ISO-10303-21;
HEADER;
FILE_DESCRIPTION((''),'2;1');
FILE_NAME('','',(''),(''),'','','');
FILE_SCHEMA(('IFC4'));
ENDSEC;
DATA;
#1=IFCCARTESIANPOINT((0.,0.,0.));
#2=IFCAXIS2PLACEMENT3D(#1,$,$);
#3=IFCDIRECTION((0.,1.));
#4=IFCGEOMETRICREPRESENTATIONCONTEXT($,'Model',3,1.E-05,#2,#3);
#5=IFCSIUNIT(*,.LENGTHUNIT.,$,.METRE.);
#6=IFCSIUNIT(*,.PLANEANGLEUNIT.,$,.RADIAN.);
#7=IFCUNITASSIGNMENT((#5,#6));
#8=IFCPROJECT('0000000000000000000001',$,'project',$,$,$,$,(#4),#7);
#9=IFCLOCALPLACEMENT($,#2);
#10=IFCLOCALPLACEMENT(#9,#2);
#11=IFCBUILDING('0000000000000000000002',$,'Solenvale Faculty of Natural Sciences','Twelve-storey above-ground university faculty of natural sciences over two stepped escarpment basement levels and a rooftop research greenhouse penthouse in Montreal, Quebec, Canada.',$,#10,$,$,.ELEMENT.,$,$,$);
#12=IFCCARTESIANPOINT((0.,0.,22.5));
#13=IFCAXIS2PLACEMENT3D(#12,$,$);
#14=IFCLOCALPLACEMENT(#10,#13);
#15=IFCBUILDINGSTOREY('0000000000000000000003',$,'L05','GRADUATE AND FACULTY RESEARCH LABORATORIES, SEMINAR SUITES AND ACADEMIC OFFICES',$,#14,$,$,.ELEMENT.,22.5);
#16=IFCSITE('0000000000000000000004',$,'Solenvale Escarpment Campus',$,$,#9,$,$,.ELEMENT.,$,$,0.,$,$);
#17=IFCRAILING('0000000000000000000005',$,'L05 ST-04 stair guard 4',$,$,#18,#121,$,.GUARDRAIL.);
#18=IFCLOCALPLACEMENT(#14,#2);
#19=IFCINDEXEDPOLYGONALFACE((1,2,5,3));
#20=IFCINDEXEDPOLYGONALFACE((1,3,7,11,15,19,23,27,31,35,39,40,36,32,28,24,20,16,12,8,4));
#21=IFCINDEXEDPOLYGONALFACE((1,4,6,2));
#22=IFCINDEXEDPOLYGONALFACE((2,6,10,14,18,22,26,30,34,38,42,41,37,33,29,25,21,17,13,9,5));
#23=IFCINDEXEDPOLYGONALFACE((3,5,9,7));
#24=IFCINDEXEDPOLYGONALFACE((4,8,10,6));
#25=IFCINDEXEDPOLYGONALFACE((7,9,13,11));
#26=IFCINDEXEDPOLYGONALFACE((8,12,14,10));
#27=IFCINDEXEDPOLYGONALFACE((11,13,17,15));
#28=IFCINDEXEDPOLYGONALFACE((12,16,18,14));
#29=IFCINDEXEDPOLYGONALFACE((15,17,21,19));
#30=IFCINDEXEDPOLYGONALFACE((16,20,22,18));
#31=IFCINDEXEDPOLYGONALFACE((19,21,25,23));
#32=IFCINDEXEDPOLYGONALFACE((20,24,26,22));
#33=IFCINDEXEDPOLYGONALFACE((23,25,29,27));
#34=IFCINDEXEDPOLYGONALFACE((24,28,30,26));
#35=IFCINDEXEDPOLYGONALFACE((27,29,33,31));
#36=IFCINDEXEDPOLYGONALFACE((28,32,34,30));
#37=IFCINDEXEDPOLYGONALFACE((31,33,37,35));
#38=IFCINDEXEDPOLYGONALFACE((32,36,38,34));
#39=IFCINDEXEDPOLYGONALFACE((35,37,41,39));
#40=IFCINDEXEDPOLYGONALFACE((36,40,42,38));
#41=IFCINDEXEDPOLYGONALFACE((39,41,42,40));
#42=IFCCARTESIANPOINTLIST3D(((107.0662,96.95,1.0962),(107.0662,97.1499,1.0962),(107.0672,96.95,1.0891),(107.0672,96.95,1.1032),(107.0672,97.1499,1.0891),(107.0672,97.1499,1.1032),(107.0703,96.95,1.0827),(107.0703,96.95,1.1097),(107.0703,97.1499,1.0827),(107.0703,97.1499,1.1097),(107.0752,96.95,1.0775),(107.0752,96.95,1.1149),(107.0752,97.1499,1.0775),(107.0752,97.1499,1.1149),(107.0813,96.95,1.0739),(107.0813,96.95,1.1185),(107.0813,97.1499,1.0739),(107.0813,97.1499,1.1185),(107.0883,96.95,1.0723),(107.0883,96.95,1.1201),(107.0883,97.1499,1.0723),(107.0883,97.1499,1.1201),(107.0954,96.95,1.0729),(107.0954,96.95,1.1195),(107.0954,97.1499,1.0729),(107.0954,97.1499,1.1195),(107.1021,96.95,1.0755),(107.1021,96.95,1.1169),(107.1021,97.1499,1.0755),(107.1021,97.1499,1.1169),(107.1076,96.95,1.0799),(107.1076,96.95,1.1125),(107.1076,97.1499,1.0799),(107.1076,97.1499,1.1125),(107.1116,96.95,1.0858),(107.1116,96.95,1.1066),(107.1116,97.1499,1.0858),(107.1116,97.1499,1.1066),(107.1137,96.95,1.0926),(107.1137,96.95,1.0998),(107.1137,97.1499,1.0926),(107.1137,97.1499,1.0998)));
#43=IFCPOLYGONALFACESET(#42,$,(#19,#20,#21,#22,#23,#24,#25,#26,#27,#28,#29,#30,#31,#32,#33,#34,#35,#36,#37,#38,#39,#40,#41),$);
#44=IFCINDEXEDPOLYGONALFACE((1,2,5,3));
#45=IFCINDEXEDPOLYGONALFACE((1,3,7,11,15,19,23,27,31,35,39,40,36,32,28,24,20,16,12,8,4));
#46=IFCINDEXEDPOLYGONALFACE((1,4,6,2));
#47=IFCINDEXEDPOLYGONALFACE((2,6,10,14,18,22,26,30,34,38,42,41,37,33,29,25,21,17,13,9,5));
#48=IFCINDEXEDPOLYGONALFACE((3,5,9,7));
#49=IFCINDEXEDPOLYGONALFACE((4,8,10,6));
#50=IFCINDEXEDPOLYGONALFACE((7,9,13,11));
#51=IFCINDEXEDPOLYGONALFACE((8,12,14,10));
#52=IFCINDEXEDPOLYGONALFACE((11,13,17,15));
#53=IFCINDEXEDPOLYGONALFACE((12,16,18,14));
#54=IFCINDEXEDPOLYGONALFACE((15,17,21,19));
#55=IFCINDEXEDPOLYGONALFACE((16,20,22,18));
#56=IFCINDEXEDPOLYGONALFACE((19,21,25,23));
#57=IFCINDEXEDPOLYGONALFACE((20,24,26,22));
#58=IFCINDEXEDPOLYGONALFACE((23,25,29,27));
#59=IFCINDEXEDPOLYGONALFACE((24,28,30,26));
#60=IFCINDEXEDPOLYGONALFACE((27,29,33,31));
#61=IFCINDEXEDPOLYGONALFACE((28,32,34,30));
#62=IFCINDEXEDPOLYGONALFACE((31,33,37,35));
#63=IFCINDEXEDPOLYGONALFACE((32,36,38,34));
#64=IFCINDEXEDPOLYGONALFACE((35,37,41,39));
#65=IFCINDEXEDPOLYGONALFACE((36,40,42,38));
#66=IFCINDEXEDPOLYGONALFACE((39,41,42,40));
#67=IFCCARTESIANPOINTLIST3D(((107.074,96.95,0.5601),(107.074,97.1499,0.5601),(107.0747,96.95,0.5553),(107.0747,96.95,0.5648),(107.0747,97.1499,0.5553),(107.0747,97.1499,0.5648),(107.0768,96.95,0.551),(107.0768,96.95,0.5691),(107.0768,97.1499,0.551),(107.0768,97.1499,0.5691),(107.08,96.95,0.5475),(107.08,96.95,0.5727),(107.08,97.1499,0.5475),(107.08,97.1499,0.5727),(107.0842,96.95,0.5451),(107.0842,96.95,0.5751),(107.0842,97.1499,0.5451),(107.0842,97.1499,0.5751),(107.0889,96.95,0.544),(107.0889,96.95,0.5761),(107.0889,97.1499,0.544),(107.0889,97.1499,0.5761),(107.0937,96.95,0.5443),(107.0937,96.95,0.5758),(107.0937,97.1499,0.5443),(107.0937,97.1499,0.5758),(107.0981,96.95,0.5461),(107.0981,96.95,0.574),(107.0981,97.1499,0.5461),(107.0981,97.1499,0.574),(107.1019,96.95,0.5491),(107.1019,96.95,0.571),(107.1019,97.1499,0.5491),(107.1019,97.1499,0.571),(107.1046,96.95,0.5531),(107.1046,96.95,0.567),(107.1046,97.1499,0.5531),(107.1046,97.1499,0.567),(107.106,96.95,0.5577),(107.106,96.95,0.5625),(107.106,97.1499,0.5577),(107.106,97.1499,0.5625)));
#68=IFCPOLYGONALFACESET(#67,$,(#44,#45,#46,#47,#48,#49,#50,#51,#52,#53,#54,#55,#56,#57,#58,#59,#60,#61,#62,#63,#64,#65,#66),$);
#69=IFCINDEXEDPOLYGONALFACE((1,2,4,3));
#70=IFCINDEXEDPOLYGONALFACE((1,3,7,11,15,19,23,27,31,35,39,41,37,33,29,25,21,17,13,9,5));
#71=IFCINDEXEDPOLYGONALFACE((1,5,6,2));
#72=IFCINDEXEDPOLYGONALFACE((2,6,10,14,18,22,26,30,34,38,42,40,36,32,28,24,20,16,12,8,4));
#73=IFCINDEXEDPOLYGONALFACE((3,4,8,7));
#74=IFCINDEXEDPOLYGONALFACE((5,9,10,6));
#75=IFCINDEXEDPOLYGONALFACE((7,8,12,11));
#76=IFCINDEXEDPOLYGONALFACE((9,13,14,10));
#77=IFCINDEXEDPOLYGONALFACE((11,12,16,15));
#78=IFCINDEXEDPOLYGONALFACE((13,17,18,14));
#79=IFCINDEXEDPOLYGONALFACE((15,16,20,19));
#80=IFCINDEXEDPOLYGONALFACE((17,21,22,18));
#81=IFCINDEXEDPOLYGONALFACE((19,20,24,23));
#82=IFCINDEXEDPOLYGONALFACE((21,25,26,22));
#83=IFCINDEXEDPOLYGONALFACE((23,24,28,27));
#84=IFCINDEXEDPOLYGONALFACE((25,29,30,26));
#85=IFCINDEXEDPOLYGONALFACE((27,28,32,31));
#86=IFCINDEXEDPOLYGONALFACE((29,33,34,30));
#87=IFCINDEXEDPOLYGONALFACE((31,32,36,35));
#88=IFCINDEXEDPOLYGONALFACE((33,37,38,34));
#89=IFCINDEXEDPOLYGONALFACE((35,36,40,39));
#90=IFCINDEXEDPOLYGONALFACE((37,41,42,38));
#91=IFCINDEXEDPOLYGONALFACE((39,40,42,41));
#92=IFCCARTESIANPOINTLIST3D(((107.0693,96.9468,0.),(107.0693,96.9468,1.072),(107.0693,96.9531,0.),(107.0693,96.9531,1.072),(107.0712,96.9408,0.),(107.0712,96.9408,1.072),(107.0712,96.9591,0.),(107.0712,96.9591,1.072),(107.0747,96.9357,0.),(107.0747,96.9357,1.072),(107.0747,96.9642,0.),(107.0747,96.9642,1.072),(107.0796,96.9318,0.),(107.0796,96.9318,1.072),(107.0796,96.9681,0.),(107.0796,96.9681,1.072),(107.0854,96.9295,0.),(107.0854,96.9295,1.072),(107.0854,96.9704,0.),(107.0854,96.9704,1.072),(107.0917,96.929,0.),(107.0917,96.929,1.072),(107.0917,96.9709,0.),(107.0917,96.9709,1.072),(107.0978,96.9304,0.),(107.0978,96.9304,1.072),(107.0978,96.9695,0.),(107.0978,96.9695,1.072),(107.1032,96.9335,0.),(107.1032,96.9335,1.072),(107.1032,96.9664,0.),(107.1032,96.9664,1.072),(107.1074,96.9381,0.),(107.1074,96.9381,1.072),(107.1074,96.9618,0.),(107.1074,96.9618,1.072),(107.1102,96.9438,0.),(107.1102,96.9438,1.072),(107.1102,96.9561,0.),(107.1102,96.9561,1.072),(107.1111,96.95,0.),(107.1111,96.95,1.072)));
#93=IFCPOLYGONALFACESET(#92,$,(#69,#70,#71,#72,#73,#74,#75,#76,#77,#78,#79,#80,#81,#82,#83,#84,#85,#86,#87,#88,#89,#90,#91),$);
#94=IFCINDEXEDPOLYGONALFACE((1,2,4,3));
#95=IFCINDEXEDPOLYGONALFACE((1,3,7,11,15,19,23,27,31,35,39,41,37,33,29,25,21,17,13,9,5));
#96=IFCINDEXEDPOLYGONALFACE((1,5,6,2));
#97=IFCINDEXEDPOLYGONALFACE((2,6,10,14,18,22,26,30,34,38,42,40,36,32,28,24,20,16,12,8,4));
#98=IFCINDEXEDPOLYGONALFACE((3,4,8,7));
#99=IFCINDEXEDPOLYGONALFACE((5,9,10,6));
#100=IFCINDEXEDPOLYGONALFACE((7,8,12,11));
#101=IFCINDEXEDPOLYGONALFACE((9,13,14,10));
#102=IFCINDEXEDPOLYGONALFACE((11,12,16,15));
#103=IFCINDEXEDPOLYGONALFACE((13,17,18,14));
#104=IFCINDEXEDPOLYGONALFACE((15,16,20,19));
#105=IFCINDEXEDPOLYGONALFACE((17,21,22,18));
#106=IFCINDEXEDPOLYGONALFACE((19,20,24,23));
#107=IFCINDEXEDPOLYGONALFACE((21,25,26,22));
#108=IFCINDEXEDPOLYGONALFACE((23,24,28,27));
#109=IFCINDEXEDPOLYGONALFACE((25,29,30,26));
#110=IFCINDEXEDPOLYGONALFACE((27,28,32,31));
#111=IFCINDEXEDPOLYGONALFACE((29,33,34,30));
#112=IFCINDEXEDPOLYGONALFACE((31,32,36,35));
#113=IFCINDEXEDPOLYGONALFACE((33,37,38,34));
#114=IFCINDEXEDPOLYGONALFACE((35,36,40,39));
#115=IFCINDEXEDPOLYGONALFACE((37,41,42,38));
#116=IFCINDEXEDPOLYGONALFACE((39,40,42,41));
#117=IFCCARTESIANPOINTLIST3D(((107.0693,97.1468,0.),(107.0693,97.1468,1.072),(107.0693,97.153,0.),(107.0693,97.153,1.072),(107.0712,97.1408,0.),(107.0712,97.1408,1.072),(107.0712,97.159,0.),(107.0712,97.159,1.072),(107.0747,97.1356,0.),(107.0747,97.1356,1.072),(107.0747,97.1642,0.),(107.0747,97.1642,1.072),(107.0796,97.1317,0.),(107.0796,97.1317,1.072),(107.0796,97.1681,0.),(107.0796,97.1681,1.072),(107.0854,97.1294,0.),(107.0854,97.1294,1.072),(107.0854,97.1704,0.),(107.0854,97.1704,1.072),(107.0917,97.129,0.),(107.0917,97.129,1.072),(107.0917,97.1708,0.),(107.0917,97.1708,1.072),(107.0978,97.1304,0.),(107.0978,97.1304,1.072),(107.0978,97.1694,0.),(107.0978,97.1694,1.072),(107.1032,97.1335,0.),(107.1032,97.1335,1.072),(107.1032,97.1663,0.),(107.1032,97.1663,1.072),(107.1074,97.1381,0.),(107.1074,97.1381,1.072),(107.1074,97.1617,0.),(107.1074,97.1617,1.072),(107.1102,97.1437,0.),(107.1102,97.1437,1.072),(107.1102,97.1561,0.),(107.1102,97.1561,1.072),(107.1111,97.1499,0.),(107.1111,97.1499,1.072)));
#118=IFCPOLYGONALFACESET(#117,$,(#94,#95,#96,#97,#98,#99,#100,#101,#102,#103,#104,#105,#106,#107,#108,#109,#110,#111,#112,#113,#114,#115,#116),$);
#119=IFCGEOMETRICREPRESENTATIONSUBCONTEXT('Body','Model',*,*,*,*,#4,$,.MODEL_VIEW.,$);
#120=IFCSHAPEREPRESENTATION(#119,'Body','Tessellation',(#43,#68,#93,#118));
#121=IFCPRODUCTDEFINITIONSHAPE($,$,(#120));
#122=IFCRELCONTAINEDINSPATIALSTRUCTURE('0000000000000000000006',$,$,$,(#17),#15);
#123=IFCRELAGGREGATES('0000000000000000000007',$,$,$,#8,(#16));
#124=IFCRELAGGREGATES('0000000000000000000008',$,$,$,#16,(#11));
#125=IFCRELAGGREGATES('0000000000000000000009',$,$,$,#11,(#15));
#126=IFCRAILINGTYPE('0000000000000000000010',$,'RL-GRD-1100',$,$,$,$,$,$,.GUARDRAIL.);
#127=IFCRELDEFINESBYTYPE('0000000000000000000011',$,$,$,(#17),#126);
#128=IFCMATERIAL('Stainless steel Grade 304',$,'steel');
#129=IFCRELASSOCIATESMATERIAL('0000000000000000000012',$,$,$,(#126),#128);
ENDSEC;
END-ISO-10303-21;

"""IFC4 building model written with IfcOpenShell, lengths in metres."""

from ifc_helpers import new_model, si_unit, direction, frame, origin, origin_2d, place, context, subcontext, project, spatial, circle, extrude, material, type_object, element, save


model = new_model("IFC4")

# Units and contexts
model_context = context("Model", 3, precision=1e-05, world=origin(), true_north=direction((0.0, 1.0)))
body_context = subcontext(model_context, "Body", "Model", "MODEL_VIEW")
ifc_project = project(units=[si_unit("LENGTHUNIT", "METRE"), si_unit("PLANEANGLEUNIT", "RADIAN")], contexts=[model_context])

# Site, building, storey
site_placement = place(None, origin())
site = spatial("IfcSite", under=ifc_project, at=site_placement, Name="Solenvale Escarpment Campus", CompositionType="ELEMENT", RefElevation=0.0)
building_placement = place(site_placement, origin())
building = spatial("IfcBuilding", under=site, at=building_placement, Name="Solenvale Faculty of Natural Sciences", Description="Twelve-storey above-ground university faculty of natural sciences over two stepped escarpment basement levels and a rooftop research greenhouse penthouse in Montreal, Quebec, Canada.", CompositionType="ELEMENT")
storey_placement = place(building_placement, frame((0.0, 0.0, 22.5)))
storey = spatial("IfcBuildingStorey", under=building, at=storey_placement, Name="L05", Description="GRADUATE AND FACULTY RESEARCH LABORATORIES, SEMINAR SUITES AND ACADEMIC OFFICES", CompositionType="ELEMENT", Elevation=22.5)

# Shared definitions
ifc_material_1 = material(Name="Stainless steel Grade 304", Category="steel")

# Railing
railing_type_1 = type_object("IfcRailingType", Name="RL-GRD-1100", PredefinedType="GUARDRAIL", material=ifc_material_1)
railing_1_placement = place(storey_placement, frame((107.0901, 96.95, 0.0)))
element("IfcRailing", 1, at=railing_1_placement, inside=storey, type_object=railing_type_1, Name="L05 ST-04 stair guard 4", PredefinedType="GUARDRAIL", context=body_context, shape_type="SweptSolid", body=[
    extrude(circle(Radius=0.0239, at=origin_2d()), frame((0.0, 0.0, 1.0962), z_axis=(0.0, 1.0, 0.0), x_axis=(-1.0, 0.0, 0.0)), (0.0, 0.0, 1.0), 0.2),
    extrude(circle(Radius=0.0161, at=origin_2d()), frame((0.0, 0.0, 0.5601), z_axis=(0.0, 1.0, 0.0), x_axis=(-1.0, 0.0, 0.0)), (0.0, 0.0, 1.0), 0.2),
    extrude(circle(Radius=0.021, at=origin_2d()), origin(), (0.0, 0.0, 1.0), 1.072),
    extrude(circle(Radius=0.021, at=origin_2d()), frame((0.0, 0.2, 0.0)), (0.0, 0.0, 1.0), 1.072),
])

save(model, "model.ifc")
